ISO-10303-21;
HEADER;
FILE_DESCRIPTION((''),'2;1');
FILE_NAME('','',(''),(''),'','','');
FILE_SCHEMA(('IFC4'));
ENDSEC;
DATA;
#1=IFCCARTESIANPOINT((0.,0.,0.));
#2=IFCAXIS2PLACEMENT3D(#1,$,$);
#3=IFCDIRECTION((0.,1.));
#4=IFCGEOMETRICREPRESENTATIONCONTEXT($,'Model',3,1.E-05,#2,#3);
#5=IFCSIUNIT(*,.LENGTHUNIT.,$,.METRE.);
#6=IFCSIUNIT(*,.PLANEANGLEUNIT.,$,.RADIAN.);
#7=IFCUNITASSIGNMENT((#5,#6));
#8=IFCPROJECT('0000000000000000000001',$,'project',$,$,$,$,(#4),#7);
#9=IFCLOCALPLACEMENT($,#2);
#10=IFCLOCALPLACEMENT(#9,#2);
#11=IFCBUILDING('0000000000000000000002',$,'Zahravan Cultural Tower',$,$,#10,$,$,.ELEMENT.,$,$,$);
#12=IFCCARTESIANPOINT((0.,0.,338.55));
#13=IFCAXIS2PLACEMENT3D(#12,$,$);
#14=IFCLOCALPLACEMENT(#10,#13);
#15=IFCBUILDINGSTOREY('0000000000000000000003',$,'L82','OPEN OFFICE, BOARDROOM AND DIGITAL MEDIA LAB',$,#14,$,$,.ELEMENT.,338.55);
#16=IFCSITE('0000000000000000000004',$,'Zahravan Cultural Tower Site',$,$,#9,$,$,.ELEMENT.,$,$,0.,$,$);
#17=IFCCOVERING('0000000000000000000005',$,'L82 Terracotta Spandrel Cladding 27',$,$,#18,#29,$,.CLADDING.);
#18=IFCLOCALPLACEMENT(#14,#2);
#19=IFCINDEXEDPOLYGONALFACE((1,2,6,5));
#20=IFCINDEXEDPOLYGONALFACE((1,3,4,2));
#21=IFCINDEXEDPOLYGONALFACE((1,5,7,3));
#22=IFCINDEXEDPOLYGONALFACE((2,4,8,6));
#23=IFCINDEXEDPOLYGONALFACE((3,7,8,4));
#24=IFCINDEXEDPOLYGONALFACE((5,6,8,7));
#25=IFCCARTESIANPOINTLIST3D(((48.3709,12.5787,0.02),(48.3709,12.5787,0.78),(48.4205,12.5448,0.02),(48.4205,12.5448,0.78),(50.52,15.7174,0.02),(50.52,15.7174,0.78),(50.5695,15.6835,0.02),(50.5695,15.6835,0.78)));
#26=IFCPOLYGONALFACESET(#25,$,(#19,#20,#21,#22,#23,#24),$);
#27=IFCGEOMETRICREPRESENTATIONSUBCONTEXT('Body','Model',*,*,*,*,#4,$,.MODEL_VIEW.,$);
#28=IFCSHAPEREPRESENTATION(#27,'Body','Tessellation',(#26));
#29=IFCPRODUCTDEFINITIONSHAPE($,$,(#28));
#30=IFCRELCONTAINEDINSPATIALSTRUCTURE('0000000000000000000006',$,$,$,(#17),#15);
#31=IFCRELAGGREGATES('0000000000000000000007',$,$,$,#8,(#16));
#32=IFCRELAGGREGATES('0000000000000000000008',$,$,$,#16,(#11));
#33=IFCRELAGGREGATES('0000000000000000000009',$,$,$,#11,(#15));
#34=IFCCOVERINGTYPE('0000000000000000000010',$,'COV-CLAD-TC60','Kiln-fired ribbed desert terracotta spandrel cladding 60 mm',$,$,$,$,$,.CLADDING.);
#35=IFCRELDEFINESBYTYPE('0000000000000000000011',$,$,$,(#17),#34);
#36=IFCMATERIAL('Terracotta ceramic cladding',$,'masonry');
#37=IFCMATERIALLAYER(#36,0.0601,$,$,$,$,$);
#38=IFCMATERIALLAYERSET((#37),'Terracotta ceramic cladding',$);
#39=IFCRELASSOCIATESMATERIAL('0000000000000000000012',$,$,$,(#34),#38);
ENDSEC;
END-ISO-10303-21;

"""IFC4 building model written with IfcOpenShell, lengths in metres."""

from ifc_helpers import new_model, si_unit, direction, frame, origin, origin_2d, place, context, subcontext, project, spatial, rectangle, extrude, source, transform, mapped, material, layer, layer_set, type_object, element, save


model = new_model("IFC4")

# Units and contexts
model_context = context("Model", 3, precision=1e-05, world=origin(), true_north=direction((0.0, 1.0)))
body_context = subcontext(model_context, "Body", "Model", "MODEL_VIEW")
ifc_project = project(units=[si_unit("LENGTHUNIT", "METRE"), si_unit("PLANEANGLEUNIT", "RADIAN")], contexts=[model_context])

# Site, building, storey
site_placement = place(None, origin())
site = spatial("IfcSite", under=ifc_project, at=site_placement, Name="Zahravan Cultural Tower Site", CompositionType="ELEMENT", RefElevation=0.0)
building_placement = place(site_placement, origin())
building = spatial("IfcBuilding", under=site, at=building_placement, Name="Zahravan Cultural Tower", CompositionType="ELEMENT")
storey_placement = place(building_placement, frame((0.0, 0.0, 338.55)))
storey = spatial("IfcBuildingStorey", under=building, at=storey_placement, Name="L82", Description="OPEN OFFICE, BOARDROOM AND DIGITAL MEDIA LAB", CompositionType="ELEMENT", Elevation=338.55)

# Covering
ifc_material_1 = material(Name="Terracotta ceramic cladding", Category="masonry")
ifc_layer_1 = layer(ifc_material_1, 0.0601)
ifc_layer_set_1 = layer_set([ifc_layer_1], Name="Terracotta ceramic cladding")
covering_type = type_object("IfcCoveringType", Name="COV-CLAD-TC60", Description="Kiln-fired ribbed desert terracotta spandrel cladding 60 mm", PredefinedType="CLADDING", material=ifc_layer_set_1)
shared_shape_1 = source(origin(), body_context, "Body", "SweptSolid", [
    extrude(rectangle(XDim=3.804, YDim=0.0601, at=origin_2d()), origin(), (0.0, 0.0, 1.0), 0.76),
])
covering_1_placement = place(storey_placement, frame((49.4702, 14.1311, 0.02), z_axis=(0.0, 0.0, 1.0), x_axis=(-0.564953, -0.825123, 0.0)))
element("IfcCovering", 1, at=covering_1_placement, inside=storey, type_object=covering_type, Name="L82 Terracotta Spandrel Cladding 27", PredefinedType="CLADDING", context=body_context, shape_type="MappedRepresentation", body=[
    mapped(shared_shape_1, transform((0.0, 0.0, 0.0), x_axis=(1.0, 0.0, 0.0), y_axis=(0.0, 1.0, 0.0), z_axis=(0.0, 0.0, 1.0), scale=1.0)),
])

save(model, "model.ifc")
